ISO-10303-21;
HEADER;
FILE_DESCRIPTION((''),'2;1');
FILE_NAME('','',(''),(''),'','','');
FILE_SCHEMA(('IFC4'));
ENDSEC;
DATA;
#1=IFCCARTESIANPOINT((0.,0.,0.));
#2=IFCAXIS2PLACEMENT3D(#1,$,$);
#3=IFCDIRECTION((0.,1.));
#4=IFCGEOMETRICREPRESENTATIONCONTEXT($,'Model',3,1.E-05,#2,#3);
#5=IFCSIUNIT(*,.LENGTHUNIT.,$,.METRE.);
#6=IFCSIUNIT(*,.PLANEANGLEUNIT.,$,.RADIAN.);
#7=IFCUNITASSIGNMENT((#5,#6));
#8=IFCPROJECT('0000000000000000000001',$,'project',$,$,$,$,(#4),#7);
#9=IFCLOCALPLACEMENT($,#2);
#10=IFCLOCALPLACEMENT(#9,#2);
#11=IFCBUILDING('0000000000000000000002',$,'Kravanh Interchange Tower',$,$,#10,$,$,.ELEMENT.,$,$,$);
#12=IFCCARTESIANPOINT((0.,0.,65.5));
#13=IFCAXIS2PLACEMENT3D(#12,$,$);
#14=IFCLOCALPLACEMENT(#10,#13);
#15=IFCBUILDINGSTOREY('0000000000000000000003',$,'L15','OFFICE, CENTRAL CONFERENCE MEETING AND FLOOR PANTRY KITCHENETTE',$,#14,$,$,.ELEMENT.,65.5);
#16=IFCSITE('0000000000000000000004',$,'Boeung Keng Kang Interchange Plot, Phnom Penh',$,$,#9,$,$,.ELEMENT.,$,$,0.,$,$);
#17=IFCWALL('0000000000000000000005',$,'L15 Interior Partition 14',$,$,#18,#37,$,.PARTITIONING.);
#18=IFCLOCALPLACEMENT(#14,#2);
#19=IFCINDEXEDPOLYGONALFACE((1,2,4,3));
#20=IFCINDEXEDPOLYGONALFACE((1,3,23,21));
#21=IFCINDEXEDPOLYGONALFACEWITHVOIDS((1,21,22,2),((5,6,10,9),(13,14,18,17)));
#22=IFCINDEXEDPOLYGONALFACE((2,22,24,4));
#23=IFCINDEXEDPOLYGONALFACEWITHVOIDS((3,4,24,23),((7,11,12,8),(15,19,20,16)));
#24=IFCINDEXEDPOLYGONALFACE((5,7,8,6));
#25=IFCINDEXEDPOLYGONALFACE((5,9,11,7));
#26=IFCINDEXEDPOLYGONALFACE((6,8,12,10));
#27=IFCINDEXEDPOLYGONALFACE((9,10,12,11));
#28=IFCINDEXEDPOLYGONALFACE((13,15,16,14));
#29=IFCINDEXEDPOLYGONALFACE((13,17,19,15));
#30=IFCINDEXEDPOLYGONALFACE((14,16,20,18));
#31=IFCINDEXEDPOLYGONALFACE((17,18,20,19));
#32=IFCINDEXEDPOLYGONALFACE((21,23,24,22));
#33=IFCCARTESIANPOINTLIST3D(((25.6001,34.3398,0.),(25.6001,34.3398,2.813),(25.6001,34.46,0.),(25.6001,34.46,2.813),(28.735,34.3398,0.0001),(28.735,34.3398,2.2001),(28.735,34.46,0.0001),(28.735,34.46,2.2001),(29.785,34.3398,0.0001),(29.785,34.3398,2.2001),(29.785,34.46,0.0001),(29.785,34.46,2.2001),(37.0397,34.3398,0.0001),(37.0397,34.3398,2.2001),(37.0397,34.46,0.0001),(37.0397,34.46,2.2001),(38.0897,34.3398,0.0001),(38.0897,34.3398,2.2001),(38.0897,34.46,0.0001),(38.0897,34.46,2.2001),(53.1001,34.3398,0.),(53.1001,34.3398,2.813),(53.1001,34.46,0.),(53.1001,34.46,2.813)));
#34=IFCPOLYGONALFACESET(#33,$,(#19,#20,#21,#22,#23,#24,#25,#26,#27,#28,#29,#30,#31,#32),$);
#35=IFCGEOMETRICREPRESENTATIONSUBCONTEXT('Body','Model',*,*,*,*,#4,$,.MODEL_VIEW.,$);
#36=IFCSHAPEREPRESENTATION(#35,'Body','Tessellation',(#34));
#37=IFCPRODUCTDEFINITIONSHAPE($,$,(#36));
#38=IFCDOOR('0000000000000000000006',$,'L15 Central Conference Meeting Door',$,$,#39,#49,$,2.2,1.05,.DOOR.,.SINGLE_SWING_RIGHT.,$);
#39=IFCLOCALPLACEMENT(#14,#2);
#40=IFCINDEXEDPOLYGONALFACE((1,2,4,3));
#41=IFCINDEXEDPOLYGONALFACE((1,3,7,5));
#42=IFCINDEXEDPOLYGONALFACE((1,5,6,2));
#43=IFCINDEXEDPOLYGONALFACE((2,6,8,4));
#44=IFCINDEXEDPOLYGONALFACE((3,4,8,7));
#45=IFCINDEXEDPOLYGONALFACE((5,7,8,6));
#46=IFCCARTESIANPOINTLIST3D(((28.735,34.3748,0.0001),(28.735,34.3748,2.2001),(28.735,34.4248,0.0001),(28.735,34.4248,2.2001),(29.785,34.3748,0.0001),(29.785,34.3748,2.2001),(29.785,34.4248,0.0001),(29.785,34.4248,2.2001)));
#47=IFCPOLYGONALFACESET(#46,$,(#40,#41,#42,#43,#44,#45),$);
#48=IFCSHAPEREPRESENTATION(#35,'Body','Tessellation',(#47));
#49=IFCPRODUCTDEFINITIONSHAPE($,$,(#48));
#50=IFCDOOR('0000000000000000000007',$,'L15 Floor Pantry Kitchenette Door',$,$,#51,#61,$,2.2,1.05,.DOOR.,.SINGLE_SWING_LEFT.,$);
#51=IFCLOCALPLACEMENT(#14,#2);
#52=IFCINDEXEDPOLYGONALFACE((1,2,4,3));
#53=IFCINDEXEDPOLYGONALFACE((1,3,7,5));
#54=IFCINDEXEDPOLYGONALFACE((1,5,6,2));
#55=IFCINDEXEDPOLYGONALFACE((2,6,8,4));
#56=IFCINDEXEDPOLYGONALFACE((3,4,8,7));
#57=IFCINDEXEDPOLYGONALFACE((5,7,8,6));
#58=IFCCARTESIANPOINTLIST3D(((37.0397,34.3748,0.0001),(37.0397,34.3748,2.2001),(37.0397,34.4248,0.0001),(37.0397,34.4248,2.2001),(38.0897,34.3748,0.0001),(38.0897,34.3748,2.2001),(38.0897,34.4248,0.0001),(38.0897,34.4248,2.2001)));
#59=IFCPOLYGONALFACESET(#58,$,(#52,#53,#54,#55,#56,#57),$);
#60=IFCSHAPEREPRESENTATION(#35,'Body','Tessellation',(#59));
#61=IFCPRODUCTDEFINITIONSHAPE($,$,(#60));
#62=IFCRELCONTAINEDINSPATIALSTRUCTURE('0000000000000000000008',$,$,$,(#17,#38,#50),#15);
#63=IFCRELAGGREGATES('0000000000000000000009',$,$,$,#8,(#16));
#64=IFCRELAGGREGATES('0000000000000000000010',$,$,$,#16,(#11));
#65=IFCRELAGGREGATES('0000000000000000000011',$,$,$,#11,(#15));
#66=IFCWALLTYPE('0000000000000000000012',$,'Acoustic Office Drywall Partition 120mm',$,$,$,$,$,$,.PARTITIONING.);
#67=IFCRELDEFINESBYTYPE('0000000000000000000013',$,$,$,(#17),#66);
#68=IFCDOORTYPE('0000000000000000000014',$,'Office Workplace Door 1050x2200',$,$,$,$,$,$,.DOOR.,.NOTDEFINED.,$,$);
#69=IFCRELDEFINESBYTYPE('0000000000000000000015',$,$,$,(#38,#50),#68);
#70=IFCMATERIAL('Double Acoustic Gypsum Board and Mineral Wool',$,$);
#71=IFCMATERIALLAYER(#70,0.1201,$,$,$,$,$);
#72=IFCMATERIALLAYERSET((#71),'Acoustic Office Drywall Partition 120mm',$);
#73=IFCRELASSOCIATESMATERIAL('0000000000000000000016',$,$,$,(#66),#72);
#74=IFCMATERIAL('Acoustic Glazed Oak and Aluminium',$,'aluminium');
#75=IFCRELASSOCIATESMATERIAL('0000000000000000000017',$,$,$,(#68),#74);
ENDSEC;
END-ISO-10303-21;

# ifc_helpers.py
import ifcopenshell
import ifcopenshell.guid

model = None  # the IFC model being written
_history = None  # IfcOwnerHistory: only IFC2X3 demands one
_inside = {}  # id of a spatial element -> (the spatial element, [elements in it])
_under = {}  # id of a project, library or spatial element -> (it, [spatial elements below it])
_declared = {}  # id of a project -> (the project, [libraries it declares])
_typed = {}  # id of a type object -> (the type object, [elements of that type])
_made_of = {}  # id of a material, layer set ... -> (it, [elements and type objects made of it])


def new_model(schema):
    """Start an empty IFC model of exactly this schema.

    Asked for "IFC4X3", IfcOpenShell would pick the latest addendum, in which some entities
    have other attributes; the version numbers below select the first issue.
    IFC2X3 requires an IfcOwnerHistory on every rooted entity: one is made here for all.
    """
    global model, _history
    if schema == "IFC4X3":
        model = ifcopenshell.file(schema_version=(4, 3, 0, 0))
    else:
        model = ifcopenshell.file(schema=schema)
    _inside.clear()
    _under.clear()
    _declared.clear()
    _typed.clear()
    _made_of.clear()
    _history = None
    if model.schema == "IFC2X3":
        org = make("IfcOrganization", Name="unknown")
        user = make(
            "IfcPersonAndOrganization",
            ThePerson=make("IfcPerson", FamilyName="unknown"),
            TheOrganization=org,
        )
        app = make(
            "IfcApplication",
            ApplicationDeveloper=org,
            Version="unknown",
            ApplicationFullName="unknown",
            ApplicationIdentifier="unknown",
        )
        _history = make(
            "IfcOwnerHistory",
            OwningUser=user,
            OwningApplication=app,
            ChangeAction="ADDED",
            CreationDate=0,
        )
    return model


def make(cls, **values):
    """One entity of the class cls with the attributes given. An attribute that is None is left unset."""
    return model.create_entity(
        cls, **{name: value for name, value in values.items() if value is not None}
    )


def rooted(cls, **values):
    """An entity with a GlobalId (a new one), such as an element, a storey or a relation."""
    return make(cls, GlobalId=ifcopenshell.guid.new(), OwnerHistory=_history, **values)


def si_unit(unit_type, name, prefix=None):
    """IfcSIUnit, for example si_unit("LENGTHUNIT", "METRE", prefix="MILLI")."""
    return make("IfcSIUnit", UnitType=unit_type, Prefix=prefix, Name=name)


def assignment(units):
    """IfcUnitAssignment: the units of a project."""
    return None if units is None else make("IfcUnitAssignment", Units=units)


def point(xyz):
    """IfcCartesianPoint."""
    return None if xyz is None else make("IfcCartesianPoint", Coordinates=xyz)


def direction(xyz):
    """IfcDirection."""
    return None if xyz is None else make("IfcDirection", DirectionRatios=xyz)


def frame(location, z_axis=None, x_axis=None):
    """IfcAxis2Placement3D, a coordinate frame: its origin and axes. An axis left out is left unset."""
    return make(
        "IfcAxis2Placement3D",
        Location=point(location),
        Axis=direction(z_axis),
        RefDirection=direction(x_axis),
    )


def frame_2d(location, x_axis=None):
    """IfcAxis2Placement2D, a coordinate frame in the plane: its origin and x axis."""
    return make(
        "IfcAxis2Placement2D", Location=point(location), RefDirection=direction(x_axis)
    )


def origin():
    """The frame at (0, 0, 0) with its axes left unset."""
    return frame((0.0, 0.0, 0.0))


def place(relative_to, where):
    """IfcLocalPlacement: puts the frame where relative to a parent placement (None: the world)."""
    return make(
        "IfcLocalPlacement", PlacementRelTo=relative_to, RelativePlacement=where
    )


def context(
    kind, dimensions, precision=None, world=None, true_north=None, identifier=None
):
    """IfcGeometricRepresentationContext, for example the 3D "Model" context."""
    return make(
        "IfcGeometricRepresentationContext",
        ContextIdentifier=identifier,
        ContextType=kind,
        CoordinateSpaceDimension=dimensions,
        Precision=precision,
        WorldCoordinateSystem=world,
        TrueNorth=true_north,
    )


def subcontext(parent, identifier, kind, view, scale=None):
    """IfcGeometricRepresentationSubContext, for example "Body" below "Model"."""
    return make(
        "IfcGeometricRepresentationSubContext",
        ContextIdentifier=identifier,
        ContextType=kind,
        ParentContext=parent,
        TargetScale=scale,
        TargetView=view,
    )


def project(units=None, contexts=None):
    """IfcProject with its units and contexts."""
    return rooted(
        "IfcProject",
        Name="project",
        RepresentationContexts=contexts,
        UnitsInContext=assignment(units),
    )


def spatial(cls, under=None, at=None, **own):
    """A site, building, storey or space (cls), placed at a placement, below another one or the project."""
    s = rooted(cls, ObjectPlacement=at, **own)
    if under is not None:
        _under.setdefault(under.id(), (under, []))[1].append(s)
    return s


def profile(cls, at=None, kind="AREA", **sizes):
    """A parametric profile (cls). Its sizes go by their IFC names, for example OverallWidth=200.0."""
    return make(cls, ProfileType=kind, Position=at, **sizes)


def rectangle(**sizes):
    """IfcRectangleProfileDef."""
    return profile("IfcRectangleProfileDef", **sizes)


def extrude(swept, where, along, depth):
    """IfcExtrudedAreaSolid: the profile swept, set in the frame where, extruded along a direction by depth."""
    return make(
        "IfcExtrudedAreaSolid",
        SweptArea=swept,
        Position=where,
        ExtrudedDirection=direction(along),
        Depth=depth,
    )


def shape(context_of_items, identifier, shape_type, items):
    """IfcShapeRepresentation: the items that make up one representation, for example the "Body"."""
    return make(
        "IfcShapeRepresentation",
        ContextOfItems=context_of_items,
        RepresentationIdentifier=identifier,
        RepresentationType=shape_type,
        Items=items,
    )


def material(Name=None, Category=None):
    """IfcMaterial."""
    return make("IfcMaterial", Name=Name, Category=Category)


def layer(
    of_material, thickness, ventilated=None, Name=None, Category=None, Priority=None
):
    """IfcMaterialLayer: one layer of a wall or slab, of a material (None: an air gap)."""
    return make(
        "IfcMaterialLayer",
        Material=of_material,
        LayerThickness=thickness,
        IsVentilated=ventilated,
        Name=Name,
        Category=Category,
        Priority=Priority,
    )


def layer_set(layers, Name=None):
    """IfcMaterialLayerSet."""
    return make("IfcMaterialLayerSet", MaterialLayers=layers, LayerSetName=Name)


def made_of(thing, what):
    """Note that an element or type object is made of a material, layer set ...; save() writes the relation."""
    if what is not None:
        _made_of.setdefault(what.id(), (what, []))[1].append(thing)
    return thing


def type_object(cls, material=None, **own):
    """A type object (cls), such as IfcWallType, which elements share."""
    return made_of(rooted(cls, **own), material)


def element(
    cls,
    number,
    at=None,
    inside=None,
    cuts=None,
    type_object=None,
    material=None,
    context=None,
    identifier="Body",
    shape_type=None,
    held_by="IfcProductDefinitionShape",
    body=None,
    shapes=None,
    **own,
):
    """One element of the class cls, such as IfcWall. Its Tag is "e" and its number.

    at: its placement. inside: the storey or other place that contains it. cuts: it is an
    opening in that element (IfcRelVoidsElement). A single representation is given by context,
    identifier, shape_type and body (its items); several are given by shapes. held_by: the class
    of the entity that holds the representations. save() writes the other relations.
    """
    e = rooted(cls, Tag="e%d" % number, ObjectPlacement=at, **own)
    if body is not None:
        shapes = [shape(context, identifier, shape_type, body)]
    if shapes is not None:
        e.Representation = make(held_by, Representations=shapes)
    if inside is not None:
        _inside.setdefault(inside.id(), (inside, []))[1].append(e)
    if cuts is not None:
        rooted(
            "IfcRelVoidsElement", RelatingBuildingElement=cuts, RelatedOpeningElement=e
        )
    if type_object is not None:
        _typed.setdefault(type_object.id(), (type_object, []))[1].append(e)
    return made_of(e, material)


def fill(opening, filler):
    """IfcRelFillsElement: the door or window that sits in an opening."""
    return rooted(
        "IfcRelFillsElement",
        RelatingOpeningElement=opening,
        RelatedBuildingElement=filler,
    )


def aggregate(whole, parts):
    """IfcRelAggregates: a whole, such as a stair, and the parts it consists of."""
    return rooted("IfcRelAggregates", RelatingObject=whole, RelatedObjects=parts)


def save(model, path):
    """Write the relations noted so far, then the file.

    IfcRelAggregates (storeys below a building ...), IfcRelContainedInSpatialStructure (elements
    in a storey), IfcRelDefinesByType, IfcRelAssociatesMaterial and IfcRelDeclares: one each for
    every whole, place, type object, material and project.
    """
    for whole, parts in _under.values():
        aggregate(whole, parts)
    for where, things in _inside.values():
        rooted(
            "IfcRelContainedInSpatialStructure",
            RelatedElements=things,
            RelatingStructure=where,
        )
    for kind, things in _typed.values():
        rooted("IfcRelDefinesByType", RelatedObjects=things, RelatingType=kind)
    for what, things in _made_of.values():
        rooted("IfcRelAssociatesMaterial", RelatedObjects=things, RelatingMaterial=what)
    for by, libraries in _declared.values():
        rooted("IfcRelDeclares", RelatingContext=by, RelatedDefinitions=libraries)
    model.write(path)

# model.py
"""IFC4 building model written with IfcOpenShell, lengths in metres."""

from ifc_helpers import new_model, si_unit, direction, frame, frame_2d, origin, place, context, subcontext, project, spatial, rectangle, extrude, material, layer, layer_set, type_object, element, fill, save


model = new_model("IFC4")

# Units and contexts
model_context = context("Model", 3, precision=1e-05, world=origin(), true_north=direction((0.0, 1.0)))
body_context = subcontext(model_context, "Body", "Model", "MODEL_VIEW")
ifc_project = project(units=[si_unit("LENGTHUNIT", "METRE"), si_unit("PLANEANGLEUNIT", "RADIAN")], contexts=[model_context])

# Site, building, storey
site_placement = place(None, origin())
site = spatial("IfcSite", under=ifc_project, at=site_placement, Name="Boeung Keng Kang Interchange Plot, Phnom Penh", CompositionType="ELEMENT", RefElevation=0.0)
building_placement = place(site_placement, origin())
building = spatial("IfcBuilding", under=site, at=building_placement, Name="Kravanh Interchange Tower", CompositionType="ELEMENT")
storey_placement = place(building_placement, frame((0.0, 0.0, 65.5)))
storey = spatial("IfcBuildingStorey", under=building, at=storey_placement, Name="L15", Description="OFFICE, CENTRAL CONFERENCE MEETING AND FLOOR PANTRY KITCHENETTE", CompositionType="ELEMENT", Elevation=65.5)

# Wall, openings, doors
ifc_material_1 = material(Name="Double Acoustic Gypsum Board and Mineral Wool")
ifc_layer = layer(ifc_material_1, 0.1201)
ifc_layer_set = layer_set([ifc_layer], Name="Acoustic Office Drywall Partition 120mm")
wall_type = type_object("IfcWallType", Name="Acoustic Office Drywall Partition 120mm", PredefinedType="PARTITIONING", material=ifc_layer_set)
wall_placement = place(storey_placement, frame((25.6001, 34.3999, 0.0), z_axis=(0.0, 0.0, 1.0), x_axis=(1.0, 0.0, 0.0)))
wall = element("IfcWall", 1, at=wall_placement, inside=storey, type_object=wall_type, Name="L15 Interior Partition 14", PredefinedType="PARTITIONING", context=body_context, shape_type="SweptSolid", body=[
    extrude(rectangle(XDim=27.5, YDim=0.1201, at=frame_2d((13.75, 0.0))), origin(), (0.0, 0.0, 1.0), 2.813),
])
opening_1_placement = place(wall_placement, frame((3.135, 0.0, 0.0)))
opening_1 = element("IfcOpeningElement", 2, at=opening_1_placement, cuts=wall, PredefinedType="OPENING", context=body_context, shape_type="SweptSolid", body=[
    extrude(rectangle(XDim=1.05, YDim=2.2, at=frame_2d((0.5249, 1.1001))), frame((0.0, 0.0701, 0.0), z_axis=(0.0, -1.0, 0.0), x_axis=(1.0, 0.0, 0.0)), (0.0, 0.0, 1.0), 0.1401),
])
opening_2_placement = place(wall_placement, frame((11.4397, 0.0, 0.0)))
opening_2 = element("IfcOpeningElement", 3, at=opening_2_placement, cuts=wall, PredefinedType="OPENING", context=body_context, shape_type="SweptSolid", body=[
    extrude(rectangle(XDim=1.05, YDim=2.2, at=frame_2d((0.5249, 1.1001))), frame((0.0, 0.0701, 0.0), z_axis=(0.0, -1.0, 0.0), x_axis=(1.0, 0.0, 0.0)), (0.0, 0.0, 1.0), 0.1401),
])
ifc_material_2 = material(Name="Acoustic Glazed Oak and Aluminium", Category="aluminium")
door_type = type_object("IfcDoorType", Name="Office Workplace Door 1050x2200", OperationType="NOTDEFINED", PredefinedType="DOOR", material=ifc_material_2)
door_1_placement = place(opening_1_placement, origin())
door_1 = element("IfcDoor", 4, at=door_1_placement, inside=storey, type_object=door_type, Name="L15 Central Conference Meeting Door", OperationType="SINGLE_SWING_RIGHT", OverallHeight=2.2, OverallWidth=1.05, PredefinedType="DOOR", context=body_context, shape_type="SweptSolid", body=[
    extrude(rectangle(XDim=1.05, YDim=2.2, at=frame_2d((0.5249, 1.1001))), frame((0.0, 0.0249, 0.0), z_axis=(0.0, -1.0, 0.0), x_axis=(1.0, 0.0, 0.0)), (0.0, 0.0, 1.0), 0.05),
])
fill(opening_1, door_1)
door_2_placement = place(opening_2_placement, origin())
door_2 = element("IfcDoor", 5, at=door_2_placement, inside=storey, type_object=door_type, Name="L15 Floor Pantry Kitchenette Door", OperationType="SINGLE_SWING_LEFT", OverallHeight=2.2, OverallWidth=1.05, PredefinedType="DOOR", context=body_context, shape_type="SweptSolid", body=[
    extrude(rectangle(XDim=1.05, YDim=2.2, at=frame_2d((0.5249, 1.1001))), frame((0.0, 0.0249, 0.0), z_axis=(0.0, -1.0, 0.0), x_axis=(1.0, 0.0, 0.0)), (0.0, 0.0, 1.0), 0.05),
])
fill(opening_2, door_2)

save(model, "model.ifc")
